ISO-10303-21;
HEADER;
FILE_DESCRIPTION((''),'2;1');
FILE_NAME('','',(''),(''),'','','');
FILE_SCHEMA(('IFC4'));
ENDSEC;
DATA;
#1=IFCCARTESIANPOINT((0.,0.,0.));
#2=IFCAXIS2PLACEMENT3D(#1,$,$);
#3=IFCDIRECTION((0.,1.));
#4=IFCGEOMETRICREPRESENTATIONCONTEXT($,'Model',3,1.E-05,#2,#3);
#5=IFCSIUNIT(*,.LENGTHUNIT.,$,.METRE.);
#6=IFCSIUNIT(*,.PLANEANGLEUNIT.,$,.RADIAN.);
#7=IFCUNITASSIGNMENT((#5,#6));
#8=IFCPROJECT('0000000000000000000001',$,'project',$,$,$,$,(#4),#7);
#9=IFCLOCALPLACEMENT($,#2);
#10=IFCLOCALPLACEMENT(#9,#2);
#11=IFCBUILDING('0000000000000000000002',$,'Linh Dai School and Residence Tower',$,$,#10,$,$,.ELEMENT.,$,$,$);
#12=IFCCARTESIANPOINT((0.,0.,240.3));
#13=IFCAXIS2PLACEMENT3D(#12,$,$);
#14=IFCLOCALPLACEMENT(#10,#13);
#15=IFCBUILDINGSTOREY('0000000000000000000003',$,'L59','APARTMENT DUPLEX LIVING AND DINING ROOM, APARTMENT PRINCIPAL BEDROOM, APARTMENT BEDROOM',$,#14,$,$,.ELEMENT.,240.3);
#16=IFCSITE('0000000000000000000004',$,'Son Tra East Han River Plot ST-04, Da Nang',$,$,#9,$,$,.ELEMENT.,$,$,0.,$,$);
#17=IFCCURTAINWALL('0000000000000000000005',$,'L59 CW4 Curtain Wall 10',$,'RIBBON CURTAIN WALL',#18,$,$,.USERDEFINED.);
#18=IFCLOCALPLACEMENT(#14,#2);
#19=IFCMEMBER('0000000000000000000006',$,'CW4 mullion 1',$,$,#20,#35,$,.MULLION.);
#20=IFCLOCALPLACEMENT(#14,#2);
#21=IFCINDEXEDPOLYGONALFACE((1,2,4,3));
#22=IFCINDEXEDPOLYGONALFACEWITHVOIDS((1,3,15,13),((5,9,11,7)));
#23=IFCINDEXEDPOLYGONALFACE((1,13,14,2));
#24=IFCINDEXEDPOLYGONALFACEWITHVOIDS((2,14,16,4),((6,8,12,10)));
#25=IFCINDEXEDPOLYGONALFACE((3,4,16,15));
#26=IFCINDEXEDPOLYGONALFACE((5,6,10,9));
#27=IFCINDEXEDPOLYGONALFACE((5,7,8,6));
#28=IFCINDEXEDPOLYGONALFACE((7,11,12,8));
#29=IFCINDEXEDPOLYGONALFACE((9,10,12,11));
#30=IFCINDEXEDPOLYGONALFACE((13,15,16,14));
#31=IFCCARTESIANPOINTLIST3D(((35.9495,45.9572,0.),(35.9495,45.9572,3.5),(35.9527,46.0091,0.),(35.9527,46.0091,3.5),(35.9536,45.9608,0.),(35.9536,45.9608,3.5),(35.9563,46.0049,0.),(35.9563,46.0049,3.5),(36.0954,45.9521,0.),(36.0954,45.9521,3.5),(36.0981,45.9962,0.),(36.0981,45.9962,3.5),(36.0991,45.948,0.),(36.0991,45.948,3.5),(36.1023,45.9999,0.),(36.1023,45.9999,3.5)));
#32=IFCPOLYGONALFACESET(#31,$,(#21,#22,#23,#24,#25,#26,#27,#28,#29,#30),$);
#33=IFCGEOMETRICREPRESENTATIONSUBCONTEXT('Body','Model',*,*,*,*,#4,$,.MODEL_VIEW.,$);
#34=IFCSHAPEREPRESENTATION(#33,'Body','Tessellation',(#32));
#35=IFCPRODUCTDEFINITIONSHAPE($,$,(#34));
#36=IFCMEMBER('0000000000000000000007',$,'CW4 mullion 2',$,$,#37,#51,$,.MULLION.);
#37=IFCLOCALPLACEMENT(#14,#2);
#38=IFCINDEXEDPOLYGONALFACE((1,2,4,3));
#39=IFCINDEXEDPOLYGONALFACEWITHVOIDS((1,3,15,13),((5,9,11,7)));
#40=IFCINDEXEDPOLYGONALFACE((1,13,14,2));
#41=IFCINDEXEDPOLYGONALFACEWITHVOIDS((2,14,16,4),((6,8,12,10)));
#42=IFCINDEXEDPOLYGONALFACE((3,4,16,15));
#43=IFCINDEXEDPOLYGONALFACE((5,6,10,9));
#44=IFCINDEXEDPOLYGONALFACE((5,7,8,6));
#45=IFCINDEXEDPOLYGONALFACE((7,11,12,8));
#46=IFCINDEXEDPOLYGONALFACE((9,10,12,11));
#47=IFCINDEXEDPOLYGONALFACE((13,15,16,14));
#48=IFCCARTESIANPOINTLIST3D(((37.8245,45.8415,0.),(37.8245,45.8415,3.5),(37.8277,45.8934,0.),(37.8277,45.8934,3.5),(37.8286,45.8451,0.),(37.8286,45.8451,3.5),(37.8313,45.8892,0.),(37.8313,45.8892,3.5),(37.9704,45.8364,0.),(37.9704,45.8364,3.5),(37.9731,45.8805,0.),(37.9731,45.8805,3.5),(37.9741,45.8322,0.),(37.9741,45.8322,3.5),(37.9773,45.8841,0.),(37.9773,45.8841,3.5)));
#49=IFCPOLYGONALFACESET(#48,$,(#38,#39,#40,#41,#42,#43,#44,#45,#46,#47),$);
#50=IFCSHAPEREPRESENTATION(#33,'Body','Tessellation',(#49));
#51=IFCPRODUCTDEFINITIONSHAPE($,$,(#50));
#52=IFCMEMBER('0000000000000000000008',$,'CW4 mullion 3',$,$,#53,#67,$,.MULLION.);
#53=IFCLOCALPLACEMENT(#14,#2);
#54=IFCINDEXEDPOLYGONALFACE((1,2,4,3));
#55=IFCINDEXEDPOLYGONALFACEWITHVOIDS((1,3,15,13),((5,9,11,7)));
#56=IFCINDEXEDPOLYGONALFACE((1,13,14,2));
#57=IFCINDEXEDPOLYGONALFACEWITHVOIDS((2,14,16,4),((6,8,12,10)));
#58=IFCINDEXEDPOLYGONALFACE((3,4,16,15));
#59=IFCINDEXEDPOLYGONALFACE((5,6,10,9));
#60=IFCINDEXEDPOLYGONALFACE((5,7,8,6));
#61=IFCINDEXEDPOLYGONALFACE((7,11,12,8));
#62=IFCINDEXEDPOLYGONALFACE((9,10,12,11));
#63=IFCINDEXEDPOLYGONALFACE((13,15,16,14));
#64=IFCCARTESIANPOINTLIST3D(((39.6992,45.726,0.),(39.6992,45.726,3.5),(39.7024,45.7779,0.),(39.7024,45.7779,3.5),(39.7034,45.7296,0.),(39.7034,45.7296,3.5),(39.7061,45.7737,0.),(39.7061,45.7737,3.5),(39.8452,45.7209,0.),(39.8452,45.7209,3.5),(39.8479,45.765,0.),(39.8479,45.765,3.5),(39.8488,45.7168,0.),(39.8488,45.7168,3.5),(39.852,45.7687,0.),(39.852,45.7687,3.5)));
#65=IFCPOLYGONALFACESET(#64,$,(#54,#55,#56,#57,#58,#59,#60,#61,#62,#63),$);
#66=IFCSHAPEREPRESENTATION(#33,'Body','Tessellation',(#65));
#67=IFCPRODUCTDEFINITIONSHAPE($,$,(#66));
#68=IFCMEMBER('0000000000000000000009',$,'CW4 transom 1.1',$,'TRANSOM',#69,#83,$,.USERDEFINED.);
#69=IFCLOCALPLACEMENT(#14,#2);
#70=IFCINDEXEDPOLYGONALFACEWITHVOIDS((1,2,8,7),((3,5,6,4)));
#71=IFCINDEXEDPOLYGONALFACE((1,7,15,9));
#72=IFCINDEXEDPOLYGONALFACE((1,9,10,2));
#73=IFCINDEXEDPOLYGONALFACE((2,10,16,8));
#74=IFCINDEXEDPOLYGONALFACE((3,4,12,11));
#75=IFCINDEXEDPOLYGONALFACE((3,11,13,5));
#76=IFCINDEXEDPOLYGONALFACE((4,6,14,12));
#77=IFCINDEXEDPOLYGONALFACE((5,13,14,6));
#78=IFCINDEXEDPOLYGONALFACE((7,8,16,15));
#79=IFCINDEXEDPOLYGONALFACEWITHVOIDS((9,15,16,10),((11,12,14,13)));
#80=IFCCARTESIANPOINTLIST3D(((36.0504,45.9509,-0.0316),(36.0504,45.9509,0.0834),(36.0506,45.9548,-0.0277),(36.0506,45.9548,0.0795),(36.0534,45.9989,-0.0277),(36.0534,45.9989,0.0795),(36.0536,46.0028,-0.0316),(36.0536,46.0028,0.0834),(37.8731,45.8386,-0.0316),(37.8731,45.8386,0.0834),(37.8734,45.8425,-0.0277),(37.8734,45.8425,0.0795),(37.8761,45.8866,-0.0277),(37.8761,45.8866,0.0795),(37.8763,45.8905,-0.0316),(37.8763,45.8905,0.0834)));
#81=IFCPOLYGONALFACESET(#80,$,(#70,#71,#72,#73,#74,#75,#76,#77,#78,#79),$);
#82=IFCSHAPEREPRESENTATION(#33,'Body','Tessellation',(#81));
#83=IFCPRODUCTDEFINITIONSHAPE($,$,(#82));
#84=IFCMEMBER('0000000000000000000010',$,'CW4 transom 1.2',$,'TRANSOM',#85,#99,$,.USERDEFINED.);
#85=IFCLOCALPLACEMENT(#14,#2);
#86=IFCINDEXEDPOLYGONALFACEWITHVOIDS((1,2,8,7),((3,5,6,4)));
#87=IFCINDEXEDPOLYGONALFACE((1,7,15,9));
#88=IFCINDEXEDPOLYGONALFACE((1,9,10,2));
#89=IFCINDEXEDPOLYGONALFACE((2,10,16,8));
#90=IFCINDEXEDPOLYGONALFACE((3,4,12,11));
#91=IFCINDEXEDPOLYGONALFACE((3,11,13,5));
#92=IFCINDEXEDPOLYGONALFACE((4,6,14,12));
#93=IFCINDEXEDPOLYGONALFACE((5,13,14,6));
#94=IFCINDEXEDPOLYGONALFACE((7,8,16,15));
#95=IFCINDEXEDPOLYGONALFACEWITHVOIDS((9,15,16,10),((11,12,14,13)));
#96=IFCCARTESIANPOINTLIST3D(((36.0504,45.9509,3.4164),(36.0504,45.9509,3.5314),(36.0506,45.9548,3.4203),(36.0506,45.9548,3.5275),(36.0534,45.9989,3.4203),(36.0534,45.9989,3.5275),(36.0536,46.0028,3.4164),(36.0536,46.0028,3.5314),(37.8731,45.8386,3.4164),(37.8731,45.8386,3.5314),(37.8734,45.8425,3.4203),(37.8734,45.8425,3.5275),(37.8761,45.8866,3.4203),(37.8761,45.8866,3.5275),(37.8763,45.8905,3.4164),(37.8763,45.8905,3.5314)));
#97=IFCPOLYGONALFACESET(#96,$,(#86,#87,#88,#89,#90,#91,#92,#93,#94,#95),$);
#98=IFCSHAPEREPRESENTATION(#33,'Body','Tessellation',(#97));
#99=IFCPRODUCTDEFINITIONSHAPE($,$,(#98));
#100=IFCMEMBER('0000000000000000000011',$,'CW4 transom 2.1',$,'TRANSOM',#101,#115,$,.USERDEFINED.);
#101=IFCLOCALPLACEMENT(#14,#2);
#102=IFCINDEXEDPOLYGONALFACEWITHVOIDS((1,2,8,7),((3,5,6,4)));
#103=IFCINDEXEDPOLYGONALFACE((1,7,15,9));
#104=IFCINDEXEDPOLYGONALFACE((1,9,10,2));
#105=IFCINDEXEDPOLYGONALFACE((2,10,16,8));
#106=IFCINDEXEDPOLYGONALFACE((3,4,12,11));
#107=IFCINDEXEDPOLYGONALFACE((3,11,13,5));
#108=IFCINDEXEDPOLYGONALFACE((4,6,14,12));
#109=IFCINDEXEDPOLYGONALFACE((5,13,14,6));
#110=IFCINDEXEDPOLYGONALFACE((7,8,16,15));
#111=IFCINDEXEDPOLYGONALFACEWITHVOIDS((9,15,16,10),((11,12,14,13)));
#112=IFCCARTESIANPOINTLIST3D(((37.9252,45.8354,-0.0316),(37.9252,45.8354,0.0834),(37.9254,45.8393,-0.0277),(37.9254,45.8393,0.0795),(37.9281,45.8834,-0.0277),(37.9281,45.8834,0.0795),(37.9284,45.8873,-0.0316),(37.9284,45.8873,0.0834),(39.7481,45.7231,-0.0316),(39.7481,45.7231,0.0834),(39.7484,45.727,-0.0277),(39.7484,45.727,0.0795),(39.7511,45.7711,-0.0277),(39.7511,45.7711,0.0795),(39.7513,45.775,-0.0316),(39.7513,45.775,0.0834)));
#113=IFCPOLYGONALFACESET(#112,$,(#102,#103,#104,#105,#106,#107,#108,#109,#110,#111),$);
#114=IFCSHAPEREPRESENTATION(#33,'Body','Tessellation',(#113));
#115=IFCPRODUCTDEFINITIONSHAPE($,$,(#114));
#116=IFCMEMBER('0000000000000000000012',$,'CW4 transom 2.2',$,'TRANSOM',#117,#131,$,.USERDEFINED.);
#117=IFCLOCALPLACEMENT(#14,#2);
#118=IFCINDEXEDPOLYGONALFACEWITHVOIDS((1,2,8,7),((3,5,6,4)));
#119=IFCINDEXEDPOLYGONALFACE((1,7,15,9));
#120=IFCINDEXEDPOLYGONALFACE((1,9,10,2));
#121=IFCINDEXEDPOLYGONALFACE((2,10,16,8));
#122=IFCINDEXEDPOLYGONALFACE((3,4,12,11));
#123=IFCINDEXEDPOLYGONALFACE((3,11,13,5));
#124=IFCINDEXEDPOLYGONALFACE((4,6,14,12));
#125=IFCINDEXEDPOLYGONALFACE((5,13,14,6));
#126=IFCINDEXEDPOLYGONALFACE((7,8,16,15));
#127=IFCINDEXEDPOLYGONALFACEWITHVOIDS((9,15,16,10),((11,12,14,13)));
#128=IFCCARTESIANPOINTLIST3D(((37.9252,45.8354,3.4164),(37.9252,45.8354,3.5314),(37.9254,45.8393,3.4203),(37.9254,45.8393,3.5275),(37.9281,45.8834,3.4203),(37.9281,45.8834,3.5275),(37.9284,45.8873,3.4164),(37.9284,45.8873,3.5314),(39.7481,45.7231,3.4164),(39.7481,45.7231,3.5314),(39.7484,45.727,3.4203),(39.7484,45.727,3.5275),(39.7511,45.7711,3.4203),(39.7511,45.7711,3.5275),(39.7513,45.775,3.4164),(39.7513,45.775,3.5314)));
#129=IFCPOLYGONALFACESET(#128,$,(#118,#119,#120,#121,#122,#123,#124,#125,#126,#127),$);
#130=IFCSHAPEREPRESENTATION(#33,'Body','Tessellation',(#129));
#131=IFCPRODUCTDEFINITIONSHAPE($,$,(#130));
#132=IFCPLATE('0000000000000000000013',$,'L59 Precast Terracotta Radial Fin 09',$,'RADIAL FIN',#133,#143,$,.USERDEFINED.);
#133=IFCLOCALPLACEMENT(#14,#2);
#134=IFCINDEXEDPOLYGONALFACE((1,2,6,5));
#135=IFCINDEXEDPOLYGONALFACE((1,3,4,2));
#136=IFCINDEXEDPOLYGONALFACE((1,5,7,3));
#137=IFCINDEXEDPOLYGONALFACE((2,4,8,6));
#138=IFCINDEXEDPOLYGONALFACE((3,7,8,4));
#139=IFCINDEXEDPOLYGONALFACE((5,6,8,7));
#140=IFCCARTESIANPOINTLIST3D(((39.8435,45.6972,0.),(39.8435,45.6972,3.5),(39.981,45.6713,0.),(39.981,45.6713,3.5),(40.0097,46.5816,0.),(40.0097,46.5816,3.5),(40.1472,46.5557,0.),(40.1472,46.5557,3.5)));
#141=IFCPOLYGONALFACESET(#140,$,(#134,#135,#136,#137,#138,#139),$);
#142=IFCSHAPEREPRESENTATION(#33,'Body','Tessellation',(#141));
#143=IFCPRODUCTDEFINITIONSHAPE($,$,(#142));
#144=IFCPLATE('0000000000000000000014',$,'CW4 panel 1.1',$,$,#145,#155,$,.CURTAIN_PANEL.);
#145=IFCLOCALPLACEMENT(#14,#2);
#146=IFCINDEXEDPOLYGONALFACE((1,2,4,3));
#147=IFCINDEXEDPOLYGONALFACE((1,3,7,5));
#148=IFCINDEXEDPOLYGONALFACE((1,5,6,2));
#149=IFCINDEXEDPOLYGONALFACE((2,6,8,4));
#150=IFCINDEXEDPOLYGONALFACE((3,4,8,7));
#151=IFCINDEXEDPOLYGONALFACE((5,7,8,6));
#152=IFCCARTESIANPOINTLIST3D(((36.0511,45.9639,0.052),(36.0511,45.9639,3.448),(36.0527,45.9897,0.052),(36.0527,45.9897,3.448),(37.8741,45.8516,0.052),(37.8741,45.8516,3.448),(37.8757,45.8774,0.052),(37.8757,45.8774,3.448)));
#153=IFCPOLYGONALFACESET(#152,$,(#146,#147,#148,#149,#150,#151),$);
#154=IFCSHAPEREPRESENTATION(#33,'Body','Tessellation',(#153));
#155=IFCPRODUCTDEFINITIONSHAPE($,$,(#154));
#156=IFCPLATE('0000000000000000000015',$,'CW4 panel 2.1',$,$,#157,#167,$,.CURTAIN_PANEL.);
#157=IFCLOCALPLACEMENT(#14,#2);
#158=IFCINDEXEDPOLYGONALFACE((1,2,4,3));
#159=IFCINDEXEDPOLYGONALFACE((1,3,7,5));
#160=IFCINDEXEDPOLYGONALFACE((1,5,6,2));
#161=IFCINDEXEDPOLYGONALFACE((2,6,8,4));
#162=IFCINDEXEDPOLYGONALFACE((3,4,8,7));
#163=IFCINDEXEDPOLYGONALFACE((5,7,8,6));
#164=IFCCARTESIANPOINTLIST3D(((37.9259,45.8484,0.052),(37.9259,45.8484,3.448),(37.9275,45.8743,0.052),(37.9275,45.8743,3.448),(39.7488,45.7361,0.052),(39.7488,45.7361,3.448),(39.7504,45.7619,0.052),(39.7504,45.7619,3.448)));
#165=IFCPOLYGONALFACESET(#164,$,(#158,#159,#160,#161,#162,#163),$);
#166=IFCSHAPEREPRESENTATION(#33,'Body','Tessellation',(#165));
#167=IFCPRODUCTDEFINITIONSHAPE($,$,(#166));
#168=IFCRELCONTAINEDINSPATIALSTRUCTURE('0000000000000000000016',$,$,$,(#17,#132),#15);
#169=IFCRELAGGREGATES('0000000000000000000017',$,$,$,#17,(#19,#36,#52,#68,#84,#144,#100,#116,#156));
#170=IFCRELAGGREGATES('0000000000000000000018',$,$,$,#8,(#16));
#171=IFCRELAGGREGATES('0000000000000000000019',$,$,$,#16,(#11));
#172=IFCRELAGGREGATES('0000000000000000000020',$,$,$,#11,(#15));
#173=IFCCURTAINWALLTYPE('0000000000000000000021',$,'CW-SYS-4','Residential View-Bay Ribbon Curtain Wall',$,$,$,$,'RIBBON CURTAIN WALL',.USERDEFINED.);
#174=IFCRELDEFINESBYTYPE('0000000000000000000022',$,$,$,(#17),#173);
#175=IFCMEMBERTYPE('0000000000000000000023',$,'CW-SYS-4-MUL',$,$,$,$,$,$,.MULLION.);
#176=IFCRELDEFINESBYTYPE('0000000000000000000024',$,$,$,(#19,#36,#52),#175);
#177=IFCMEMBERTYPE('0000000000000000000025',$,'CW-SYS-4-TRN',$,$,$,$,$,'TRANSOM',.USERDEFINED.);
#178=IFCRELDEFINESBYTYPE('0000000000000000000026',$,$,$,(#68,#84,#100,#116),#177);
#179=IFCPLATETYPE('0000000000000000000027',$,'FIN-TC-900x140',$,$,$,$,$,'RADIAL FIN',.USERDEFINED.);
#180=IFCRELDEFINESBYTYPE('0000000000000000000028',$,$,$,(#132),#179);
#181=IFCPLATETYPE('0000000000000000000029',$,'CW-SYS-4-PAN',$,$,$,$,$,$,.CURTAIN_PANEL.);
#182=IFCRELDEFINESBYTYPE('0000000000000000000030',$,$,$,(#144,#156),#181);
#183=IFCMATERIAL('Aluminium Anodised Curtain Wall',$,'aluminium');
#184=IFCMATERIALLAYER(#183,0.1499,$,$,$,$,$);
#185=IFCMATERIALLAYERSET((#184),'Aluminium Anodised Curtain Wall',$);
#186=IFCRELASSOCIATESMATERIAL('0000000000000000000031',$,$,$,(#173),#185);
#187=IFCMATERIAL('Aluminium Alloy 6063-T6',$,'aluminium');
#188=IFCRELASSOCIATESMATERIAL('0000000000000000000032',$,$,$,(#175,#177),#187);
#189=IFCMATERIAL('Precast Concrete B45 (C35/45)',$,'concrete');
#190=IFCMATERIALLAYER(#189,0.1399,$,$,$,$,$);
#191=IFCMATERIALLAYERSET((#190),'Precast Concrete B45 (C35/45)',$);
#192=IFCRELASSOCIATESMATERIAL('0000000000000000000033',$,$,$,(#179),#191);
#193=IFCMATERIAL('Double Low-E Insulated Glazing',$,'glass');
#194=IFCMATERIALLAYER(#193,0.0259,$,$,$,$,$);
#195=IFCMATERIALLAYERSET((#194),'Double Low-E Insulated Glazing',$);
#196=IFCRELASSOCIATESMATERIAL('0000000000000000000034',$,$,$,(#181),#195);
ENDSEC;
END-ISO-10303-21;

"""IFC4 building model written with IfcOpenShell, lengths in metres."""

from ifc_helpers import new_model, si_unit, direction, frame, origin, origin_2d, place, context, subcontext, project, spatial, rectangle, hollow_rectangle, extrude, source, transform, mapped, material, layer, layer_set, material_profile, profile_set, type_object, element, aggregate, save


model = new_model("IFC4")

# Units and contexts
model_context = context("Model", 3, precision=1e-05, world=origin(), true_north=direction((0.0, 1.0)))
body_context = subcontext(model_context, "Body", "Model", "MODEL_VIEW")
ifc_project = project(units=[si_unit("LENGTHUNIT", "METRE"), si_unit("PLANEANGLEUNIT", "RADIAN")], contexts=[model_context])

# Site, building, storey
site_placement = place(None, origin())
site = spatial("IfcSite", under=ifc_project, at=site_placement, Name="Son Tra East Han River Plot ST-04, Da Nang", CompositionType="ELEMENT", RefElevation=0.0)
building_placement = place(site_placement, origin())
building = spatial("IfcBuilding", under=site, at=building_placement, Name="Linh Dai School and Residence Tower", CompositionType="ELEMENT")
storey_placement = place(building_placement, frame((0.0, 0.0, 240.3)))
storey = spatial("IfcBuildingStorey", under=building, at=storey_placement, Name="L59", Description="APARTMENT DUPLEX LIVING AND DINING ROOM, APARTMENT PRINCIPAL BEDROOM, APARTMENT BEDROOM", CompositionType="ELEMENT", Elevation=240.3)

# Curtain wall, members
ifc_material_1 = material(Name="Aluminium Anodised Curtain Wall", Category="aluminium")
ifc_layer_1 = layer(ifc_material_1, 0.1499)
ifc_layer_set_1 = layer_set([ifc_layer_1], Name="Aluminium Anodised Curtain Wall")
curtain_wall_type = type_object("IfcCurtainWallType", Name="CW-SYS-4", Description="Residential View-Bay Ribbon Curtain Wall", ElementType="RIBBON CURTAIN WALL", PredefinedType="USERDEFINED", material=ifc_layer_set_1)
curtain_wall_placement = place(storey_placement, origin())
curtain_wall = element("IfcCurtainWall", 1, at=curtain_wall_placement, inside=storey, type_object=curtain_wall_type, Name="L59 CW4 Curtain Wall 10", ObjectType="RIBBON CURTAIN WALL", PredefinedType="USERDEFINED")
ifc_material_2 = material(Name="Aluminium Alloy 6063-T6", Category="aluminium")
ifc_material_profile_1 = material_profile(ifc_material_2, hollow_rectangle(XDim=0.052, YDim=0.1499, WallThickness=0.0039, at=origin_2d()), Name="RHS 150x52x4")
ifc_profile_set_1 = profile_set([ifc_material_profile_1], Name="Aluminium Alloy 6063-T6")
member_type_1 = type_object("IfcMemberType", Name="CW-SYS-4-MUL", PredefinedType="MULLION", material=ifc_profile_set_1)
shared_shape_1 = source(origin(), body_context, "Body", "SweptSolid", [
    extrude(hollow_rectangle(XDim=0.052, YDim=0.1499, WallThickness=0.0039, at=origin_2d()), origin(), (0.0, 0.0, 1.0), 3.5),
])
member_1_placement = place(storey_placement, frame((36.0259, 45.9785, 0.0), z_axis=(0.0, 0.0, 1.0), x_axis=(0.061504, 0.998107, 0.0)))
member_1 = element("IfcMember", 2, at=member_1_placement, type_object=member_type_1, Name="CW4 mullion 1", PredefinedType="MULLION", context=body_context, shape_type="MappedRepresentation", body=[
    mapped(shared_shape_1, transform((0.0, 0.0, 0.0), x_axis=(1.0, 0.0, 0.0), y_axis=(0.0, 1.0, 0.0), z_axis=(0.0, 0.0, 1.0), scale=1.0)),
])
member_2_placement = place(storey_placement, frame((37.9009, 45.8628, 0.0), z_axis=(0.0, 0.0, 1.0), x_axis=(0.061504, 0.998107, 0.0)))
member_2 = element("IfcMember", 3, at=member_2_placement, type_object=member_type_1, Name="CW4 mullion 2", PredefinedType="MULLION", context=body_context, shape_type="MappedRepresentation", body=[
    mapped(shared_shape_1, transform((0.0, 0.0, 0.0), x_axis=(1.0, 0.0, 0.0), y_axis=(0.0, 1.0, 0.0), z_axis=(0.0, 0.0, 1.0), scale=1.0)),
])
member_3_placement = place(storey_placement, frame((39.7756, 45.7473, 0.0), z_axis=(0.0, 0.0, 1.0), x_axis=(0.061504, 0.998107, 0.0)))
member_3 = element("IfcMember", 4, at=member_3_placement, type_object=member_type_1, Name="CW4 mullion 3", PredefinedType="MULLION", context=body_context, shape_type="MappedRepresentation", body=[
    mapped(shared_shape_1, transform((0.0, 0.0, 0.0), x_axis=(1.0, 0.0, 0.0), y_axis=(0.0, 1.0, 0.0), z_axis=(0.0, 0.0, 1.0), scale=1.0)),
])
ifc_material_profile_2 = material_profile(ifc_material_2, hollow_rectangle(XDim=0.052, YDim=0.115, WallThickness=0.0039, at=origin_2d()), Name="RHS 115x52x4")
ifc_profile_set_2 = profile_set([ifc_material_profile_2], Name="Aluminium Alloy 6063-T6")
member_type_2 = type_object("IfcMemberType", Name="CW-SYS-4-TRN", ElementType="TRANSOM", PredefinedType="USERDEFINED", material=ifc_profile_set_2)
shared_shape_2 = source(origin(), body_context, "Body", "SweptSolid", [
    extrude(hollow_rectangle(XDim=0.052, YDim=0.115, WallThickness=0.0039, at=origin_2d()), origin(), (0.0, 0.0, 1.0), 1.8262),
])
member_4_placement = place(storey_placement, frame((36.052, 45.9768, 0.0259), z_axis=(0.998107, -0.061496, 0.0), x_axis=(0.061496, 0.998107, 0.0)))
member_4 = element("IfcMember", 5, at=member_4_placement, type_object=member_type_2, Name="CW4 transom 1.1", ObjectType="TRANSOM", PredefinedType="USERDEFINED", context=body_context, shape_type="MappedRepresentation", body=[
    mapped(shared_shape_2, transform((0.0, 0.0, 0.0), x_axis=(1.0, 0.0, 0.0), y_axis=(0.0, 1.0, 0.0), z_axis=(0.0, 0.0, 1.0), scale=1.0)),
])
member_5_placement = place(storey_placement, frame((36.052, 45.9768, 3.4739), z_axis=(0.998107, -0.061496, 0.0), x_axis=(0.061496, 0.998107, 0.0)))
member_5 = element("IfcMember", 6, at=member_5_placement, type_object=member_type_2, Name="CW4 transom 1.2", ObjectType="TRANSOM", PredefinedType="USERDEFINED", context=body_context, shape_type="MappedRepresentation", body=[
    mapped(shared_shape_2, transform((0.0, 0.0, 0.0), x_axis=(1.0, 0.0, 0.0), y_axis=(0.0, 1.0, 0.0), z_axis=(0.0, 0.0, 1.0), scale=1.0)),
])
shared_shape_3 = source(origin(), body_context, "Body", "SweptSolid", [
    extrude(hollow_rectangle(XDim=0.052, YDim=0.115, WallThickness=0.0039, at=origin_2d()), origin(), (0.0, 0.0, 1.0), 1.8264),
])
member_6_placement = place(storey_placement, frame((37.9268, 45.8613, 0.0259), z_axis=(0.998108, -0.061488, 0.0), x_axis=(0.061488, 0.998108, 0.0)))
member_6 = element("IfcMember", 7, at=member_6_placement, type_object=member_type_2, Name="CW4 transom 2.1", ObjectType="TRANSOM", PredefinedType="USERDEFINED", context=body_context, shape_type="MappedRepresentation", body=[
    mapped(shared_shape_3, transform((0.0, 0.0, 0.0), x_axis=(1.0, 0.0, 0.0), y_axis=(0.0, 1.0, 0.0), z_axis=(0.0, 0.0, 1.0), scale=1.0)),
])
member_7_placement = place(storey_placement, frame((37.9268, 45.8613, 3.4739), z_axis=(0.998108, -0.061488, 0.0), x_axis=(0.061488, 0.998108, 0.0)))
member_7 = element("IfcMember", 8, at=member_7_placement, type_object=member_type_2, Name="CW4 transom 2.2", ObjectType="TRANSOM", PredefinedType="USERDEFINED", context=body_context, shape_type="MappedRepresentation", body=[
    mapped(shared_shape_3, transform((0.0, 0.0, 0.0), x_axis=(1.0, 0.0, 0.0), y_axis=(0.0, 1.0, 0.0), z_axis=(0.0, 0.0, 1.0), scale=1.0)),
])

# Plates
ifc_material_3 = material(Name="Precast Concrete B45 (C35/45)", Category="concrete")
ifc_layer_2 = layer(ifc_material_3, 0.1399)
ifc_layer_set_2 = layer_set([ifc_layer_2], Name="Precast Concrete B45 (C35/45)")
plate_type_1 = type_object("IfcPlateType", Name="FIN-TC-900x140", ElementType="RADIAL FIN", PredefinedType="USERDEFINED", material=ifc_layer_set_2)
shared_shape_4 = source(origin(), body_context, "Body", "SweptSolid", [
    extrude(rectangle(XDim=0.8999, YDim=0.1399, at=origin_2d()), origin(), (0.0, 0.0, 1.0), 3.5),
])
plate_1_placement = place(storey_placement, frame((39.9954, 46.1265, 0.0), z_axis=(0.0, 0.0, 1.0), x_axis=(0.184744, 0.982787, 0.0)))
element("IfcPlate", 9, at=plate_1_placement, inside=storey, type_object=plate_type_1, Name="L59 Precast Terracotta Radial Fin 09", ObjectType="RADIAL FIN", PredefinedType="USERDEFINED", context=body_context, shape_type="MappedRepresentation", body=[
    mapped(shared_shape_4, transform((0.0, 0.0, 0.0), x_axis=(1.0, 0.0, 0.0), y_axis=(0.0, 1.0, 0.0), z_axis=(0.0, 0.0, 1.0), scale=1.0)),
])
ifc_material_4 = material(Name="Double Low-E Insulated Glazing", Category="glass")
ifc_layer_3 = layer(ifc_material_4, 0.0259)
ifc_layer_set_3 = layer_set([ifc_layer_3], Name="Double Low-E Insulated Glazing")
plate_type_2 = type_object("IfcPlateType", Name="CW-SYS-4-PAN", PredefinedType="CURTAIN_PANEL", material=ifc_layer_set_3)
shared_shape_5 = source(origin(), body_context, "Body", "SweptSolid", [
    extrude(rectangle(XDim=1.8264, YDim=0.0259, at=origin_2d()), origin(), (0.0, 0.0, 1.0), 3.396),
])
plate_2_placement = place(storey_placement, frame((36.9634, 45.9207, 0.052), z_axis=(0.0, 0.0, 1.0), x_axis=(0.998107, -0.061504, 0.0)))
plate_2 = element("IfcPlate", 10, at=plate_2_placement, type_object=plate_type_2, Name="CW4 panel 1.1", PredefinedType="CURTAIN_PANEL", context=body_context, shape_type="MappedRepresentation", body=[
    mapped(shared_shape_5, transform((0.0, 0.0, 0.0), x_axis=(1.0, 0.0, 0.0), y_axis=(0.0, 1.0, 0.0), z_axis=(0.0, 0.0, 1.0), scale=1.0)),
])
plate_3_placement = place(storey_placement, frame((38.8381, 45.8052, 0.052), z_axis=(0.0, 0.0, 1.0), x_axis=(0.998107, -0.061504, 0.0)))
plate_3 = element("IfcPlate", 11, at=plate_3_placement, type_object=plate_type_2, Name="CW4 panel 2.1", PredefinedType="CURTAIN_PANEL", context=body_context, shape_type="MappedRepresentation", body=[
    mapped(shared_shape_5, transform((0.0, 0.0, 0.0), x_axis=(1.0, 0.0, 0.0), y_axis=(0.0, 1.0, 0.0), z_axis=(0.0, 0.0, 1.0), scale=1.0)),
])
aggregate(curtain_wall, [member_1, member_2, member_3, member_4, member_5, plate_2, member_6, member_7, plate_3])

save(model, "model.ifc")
